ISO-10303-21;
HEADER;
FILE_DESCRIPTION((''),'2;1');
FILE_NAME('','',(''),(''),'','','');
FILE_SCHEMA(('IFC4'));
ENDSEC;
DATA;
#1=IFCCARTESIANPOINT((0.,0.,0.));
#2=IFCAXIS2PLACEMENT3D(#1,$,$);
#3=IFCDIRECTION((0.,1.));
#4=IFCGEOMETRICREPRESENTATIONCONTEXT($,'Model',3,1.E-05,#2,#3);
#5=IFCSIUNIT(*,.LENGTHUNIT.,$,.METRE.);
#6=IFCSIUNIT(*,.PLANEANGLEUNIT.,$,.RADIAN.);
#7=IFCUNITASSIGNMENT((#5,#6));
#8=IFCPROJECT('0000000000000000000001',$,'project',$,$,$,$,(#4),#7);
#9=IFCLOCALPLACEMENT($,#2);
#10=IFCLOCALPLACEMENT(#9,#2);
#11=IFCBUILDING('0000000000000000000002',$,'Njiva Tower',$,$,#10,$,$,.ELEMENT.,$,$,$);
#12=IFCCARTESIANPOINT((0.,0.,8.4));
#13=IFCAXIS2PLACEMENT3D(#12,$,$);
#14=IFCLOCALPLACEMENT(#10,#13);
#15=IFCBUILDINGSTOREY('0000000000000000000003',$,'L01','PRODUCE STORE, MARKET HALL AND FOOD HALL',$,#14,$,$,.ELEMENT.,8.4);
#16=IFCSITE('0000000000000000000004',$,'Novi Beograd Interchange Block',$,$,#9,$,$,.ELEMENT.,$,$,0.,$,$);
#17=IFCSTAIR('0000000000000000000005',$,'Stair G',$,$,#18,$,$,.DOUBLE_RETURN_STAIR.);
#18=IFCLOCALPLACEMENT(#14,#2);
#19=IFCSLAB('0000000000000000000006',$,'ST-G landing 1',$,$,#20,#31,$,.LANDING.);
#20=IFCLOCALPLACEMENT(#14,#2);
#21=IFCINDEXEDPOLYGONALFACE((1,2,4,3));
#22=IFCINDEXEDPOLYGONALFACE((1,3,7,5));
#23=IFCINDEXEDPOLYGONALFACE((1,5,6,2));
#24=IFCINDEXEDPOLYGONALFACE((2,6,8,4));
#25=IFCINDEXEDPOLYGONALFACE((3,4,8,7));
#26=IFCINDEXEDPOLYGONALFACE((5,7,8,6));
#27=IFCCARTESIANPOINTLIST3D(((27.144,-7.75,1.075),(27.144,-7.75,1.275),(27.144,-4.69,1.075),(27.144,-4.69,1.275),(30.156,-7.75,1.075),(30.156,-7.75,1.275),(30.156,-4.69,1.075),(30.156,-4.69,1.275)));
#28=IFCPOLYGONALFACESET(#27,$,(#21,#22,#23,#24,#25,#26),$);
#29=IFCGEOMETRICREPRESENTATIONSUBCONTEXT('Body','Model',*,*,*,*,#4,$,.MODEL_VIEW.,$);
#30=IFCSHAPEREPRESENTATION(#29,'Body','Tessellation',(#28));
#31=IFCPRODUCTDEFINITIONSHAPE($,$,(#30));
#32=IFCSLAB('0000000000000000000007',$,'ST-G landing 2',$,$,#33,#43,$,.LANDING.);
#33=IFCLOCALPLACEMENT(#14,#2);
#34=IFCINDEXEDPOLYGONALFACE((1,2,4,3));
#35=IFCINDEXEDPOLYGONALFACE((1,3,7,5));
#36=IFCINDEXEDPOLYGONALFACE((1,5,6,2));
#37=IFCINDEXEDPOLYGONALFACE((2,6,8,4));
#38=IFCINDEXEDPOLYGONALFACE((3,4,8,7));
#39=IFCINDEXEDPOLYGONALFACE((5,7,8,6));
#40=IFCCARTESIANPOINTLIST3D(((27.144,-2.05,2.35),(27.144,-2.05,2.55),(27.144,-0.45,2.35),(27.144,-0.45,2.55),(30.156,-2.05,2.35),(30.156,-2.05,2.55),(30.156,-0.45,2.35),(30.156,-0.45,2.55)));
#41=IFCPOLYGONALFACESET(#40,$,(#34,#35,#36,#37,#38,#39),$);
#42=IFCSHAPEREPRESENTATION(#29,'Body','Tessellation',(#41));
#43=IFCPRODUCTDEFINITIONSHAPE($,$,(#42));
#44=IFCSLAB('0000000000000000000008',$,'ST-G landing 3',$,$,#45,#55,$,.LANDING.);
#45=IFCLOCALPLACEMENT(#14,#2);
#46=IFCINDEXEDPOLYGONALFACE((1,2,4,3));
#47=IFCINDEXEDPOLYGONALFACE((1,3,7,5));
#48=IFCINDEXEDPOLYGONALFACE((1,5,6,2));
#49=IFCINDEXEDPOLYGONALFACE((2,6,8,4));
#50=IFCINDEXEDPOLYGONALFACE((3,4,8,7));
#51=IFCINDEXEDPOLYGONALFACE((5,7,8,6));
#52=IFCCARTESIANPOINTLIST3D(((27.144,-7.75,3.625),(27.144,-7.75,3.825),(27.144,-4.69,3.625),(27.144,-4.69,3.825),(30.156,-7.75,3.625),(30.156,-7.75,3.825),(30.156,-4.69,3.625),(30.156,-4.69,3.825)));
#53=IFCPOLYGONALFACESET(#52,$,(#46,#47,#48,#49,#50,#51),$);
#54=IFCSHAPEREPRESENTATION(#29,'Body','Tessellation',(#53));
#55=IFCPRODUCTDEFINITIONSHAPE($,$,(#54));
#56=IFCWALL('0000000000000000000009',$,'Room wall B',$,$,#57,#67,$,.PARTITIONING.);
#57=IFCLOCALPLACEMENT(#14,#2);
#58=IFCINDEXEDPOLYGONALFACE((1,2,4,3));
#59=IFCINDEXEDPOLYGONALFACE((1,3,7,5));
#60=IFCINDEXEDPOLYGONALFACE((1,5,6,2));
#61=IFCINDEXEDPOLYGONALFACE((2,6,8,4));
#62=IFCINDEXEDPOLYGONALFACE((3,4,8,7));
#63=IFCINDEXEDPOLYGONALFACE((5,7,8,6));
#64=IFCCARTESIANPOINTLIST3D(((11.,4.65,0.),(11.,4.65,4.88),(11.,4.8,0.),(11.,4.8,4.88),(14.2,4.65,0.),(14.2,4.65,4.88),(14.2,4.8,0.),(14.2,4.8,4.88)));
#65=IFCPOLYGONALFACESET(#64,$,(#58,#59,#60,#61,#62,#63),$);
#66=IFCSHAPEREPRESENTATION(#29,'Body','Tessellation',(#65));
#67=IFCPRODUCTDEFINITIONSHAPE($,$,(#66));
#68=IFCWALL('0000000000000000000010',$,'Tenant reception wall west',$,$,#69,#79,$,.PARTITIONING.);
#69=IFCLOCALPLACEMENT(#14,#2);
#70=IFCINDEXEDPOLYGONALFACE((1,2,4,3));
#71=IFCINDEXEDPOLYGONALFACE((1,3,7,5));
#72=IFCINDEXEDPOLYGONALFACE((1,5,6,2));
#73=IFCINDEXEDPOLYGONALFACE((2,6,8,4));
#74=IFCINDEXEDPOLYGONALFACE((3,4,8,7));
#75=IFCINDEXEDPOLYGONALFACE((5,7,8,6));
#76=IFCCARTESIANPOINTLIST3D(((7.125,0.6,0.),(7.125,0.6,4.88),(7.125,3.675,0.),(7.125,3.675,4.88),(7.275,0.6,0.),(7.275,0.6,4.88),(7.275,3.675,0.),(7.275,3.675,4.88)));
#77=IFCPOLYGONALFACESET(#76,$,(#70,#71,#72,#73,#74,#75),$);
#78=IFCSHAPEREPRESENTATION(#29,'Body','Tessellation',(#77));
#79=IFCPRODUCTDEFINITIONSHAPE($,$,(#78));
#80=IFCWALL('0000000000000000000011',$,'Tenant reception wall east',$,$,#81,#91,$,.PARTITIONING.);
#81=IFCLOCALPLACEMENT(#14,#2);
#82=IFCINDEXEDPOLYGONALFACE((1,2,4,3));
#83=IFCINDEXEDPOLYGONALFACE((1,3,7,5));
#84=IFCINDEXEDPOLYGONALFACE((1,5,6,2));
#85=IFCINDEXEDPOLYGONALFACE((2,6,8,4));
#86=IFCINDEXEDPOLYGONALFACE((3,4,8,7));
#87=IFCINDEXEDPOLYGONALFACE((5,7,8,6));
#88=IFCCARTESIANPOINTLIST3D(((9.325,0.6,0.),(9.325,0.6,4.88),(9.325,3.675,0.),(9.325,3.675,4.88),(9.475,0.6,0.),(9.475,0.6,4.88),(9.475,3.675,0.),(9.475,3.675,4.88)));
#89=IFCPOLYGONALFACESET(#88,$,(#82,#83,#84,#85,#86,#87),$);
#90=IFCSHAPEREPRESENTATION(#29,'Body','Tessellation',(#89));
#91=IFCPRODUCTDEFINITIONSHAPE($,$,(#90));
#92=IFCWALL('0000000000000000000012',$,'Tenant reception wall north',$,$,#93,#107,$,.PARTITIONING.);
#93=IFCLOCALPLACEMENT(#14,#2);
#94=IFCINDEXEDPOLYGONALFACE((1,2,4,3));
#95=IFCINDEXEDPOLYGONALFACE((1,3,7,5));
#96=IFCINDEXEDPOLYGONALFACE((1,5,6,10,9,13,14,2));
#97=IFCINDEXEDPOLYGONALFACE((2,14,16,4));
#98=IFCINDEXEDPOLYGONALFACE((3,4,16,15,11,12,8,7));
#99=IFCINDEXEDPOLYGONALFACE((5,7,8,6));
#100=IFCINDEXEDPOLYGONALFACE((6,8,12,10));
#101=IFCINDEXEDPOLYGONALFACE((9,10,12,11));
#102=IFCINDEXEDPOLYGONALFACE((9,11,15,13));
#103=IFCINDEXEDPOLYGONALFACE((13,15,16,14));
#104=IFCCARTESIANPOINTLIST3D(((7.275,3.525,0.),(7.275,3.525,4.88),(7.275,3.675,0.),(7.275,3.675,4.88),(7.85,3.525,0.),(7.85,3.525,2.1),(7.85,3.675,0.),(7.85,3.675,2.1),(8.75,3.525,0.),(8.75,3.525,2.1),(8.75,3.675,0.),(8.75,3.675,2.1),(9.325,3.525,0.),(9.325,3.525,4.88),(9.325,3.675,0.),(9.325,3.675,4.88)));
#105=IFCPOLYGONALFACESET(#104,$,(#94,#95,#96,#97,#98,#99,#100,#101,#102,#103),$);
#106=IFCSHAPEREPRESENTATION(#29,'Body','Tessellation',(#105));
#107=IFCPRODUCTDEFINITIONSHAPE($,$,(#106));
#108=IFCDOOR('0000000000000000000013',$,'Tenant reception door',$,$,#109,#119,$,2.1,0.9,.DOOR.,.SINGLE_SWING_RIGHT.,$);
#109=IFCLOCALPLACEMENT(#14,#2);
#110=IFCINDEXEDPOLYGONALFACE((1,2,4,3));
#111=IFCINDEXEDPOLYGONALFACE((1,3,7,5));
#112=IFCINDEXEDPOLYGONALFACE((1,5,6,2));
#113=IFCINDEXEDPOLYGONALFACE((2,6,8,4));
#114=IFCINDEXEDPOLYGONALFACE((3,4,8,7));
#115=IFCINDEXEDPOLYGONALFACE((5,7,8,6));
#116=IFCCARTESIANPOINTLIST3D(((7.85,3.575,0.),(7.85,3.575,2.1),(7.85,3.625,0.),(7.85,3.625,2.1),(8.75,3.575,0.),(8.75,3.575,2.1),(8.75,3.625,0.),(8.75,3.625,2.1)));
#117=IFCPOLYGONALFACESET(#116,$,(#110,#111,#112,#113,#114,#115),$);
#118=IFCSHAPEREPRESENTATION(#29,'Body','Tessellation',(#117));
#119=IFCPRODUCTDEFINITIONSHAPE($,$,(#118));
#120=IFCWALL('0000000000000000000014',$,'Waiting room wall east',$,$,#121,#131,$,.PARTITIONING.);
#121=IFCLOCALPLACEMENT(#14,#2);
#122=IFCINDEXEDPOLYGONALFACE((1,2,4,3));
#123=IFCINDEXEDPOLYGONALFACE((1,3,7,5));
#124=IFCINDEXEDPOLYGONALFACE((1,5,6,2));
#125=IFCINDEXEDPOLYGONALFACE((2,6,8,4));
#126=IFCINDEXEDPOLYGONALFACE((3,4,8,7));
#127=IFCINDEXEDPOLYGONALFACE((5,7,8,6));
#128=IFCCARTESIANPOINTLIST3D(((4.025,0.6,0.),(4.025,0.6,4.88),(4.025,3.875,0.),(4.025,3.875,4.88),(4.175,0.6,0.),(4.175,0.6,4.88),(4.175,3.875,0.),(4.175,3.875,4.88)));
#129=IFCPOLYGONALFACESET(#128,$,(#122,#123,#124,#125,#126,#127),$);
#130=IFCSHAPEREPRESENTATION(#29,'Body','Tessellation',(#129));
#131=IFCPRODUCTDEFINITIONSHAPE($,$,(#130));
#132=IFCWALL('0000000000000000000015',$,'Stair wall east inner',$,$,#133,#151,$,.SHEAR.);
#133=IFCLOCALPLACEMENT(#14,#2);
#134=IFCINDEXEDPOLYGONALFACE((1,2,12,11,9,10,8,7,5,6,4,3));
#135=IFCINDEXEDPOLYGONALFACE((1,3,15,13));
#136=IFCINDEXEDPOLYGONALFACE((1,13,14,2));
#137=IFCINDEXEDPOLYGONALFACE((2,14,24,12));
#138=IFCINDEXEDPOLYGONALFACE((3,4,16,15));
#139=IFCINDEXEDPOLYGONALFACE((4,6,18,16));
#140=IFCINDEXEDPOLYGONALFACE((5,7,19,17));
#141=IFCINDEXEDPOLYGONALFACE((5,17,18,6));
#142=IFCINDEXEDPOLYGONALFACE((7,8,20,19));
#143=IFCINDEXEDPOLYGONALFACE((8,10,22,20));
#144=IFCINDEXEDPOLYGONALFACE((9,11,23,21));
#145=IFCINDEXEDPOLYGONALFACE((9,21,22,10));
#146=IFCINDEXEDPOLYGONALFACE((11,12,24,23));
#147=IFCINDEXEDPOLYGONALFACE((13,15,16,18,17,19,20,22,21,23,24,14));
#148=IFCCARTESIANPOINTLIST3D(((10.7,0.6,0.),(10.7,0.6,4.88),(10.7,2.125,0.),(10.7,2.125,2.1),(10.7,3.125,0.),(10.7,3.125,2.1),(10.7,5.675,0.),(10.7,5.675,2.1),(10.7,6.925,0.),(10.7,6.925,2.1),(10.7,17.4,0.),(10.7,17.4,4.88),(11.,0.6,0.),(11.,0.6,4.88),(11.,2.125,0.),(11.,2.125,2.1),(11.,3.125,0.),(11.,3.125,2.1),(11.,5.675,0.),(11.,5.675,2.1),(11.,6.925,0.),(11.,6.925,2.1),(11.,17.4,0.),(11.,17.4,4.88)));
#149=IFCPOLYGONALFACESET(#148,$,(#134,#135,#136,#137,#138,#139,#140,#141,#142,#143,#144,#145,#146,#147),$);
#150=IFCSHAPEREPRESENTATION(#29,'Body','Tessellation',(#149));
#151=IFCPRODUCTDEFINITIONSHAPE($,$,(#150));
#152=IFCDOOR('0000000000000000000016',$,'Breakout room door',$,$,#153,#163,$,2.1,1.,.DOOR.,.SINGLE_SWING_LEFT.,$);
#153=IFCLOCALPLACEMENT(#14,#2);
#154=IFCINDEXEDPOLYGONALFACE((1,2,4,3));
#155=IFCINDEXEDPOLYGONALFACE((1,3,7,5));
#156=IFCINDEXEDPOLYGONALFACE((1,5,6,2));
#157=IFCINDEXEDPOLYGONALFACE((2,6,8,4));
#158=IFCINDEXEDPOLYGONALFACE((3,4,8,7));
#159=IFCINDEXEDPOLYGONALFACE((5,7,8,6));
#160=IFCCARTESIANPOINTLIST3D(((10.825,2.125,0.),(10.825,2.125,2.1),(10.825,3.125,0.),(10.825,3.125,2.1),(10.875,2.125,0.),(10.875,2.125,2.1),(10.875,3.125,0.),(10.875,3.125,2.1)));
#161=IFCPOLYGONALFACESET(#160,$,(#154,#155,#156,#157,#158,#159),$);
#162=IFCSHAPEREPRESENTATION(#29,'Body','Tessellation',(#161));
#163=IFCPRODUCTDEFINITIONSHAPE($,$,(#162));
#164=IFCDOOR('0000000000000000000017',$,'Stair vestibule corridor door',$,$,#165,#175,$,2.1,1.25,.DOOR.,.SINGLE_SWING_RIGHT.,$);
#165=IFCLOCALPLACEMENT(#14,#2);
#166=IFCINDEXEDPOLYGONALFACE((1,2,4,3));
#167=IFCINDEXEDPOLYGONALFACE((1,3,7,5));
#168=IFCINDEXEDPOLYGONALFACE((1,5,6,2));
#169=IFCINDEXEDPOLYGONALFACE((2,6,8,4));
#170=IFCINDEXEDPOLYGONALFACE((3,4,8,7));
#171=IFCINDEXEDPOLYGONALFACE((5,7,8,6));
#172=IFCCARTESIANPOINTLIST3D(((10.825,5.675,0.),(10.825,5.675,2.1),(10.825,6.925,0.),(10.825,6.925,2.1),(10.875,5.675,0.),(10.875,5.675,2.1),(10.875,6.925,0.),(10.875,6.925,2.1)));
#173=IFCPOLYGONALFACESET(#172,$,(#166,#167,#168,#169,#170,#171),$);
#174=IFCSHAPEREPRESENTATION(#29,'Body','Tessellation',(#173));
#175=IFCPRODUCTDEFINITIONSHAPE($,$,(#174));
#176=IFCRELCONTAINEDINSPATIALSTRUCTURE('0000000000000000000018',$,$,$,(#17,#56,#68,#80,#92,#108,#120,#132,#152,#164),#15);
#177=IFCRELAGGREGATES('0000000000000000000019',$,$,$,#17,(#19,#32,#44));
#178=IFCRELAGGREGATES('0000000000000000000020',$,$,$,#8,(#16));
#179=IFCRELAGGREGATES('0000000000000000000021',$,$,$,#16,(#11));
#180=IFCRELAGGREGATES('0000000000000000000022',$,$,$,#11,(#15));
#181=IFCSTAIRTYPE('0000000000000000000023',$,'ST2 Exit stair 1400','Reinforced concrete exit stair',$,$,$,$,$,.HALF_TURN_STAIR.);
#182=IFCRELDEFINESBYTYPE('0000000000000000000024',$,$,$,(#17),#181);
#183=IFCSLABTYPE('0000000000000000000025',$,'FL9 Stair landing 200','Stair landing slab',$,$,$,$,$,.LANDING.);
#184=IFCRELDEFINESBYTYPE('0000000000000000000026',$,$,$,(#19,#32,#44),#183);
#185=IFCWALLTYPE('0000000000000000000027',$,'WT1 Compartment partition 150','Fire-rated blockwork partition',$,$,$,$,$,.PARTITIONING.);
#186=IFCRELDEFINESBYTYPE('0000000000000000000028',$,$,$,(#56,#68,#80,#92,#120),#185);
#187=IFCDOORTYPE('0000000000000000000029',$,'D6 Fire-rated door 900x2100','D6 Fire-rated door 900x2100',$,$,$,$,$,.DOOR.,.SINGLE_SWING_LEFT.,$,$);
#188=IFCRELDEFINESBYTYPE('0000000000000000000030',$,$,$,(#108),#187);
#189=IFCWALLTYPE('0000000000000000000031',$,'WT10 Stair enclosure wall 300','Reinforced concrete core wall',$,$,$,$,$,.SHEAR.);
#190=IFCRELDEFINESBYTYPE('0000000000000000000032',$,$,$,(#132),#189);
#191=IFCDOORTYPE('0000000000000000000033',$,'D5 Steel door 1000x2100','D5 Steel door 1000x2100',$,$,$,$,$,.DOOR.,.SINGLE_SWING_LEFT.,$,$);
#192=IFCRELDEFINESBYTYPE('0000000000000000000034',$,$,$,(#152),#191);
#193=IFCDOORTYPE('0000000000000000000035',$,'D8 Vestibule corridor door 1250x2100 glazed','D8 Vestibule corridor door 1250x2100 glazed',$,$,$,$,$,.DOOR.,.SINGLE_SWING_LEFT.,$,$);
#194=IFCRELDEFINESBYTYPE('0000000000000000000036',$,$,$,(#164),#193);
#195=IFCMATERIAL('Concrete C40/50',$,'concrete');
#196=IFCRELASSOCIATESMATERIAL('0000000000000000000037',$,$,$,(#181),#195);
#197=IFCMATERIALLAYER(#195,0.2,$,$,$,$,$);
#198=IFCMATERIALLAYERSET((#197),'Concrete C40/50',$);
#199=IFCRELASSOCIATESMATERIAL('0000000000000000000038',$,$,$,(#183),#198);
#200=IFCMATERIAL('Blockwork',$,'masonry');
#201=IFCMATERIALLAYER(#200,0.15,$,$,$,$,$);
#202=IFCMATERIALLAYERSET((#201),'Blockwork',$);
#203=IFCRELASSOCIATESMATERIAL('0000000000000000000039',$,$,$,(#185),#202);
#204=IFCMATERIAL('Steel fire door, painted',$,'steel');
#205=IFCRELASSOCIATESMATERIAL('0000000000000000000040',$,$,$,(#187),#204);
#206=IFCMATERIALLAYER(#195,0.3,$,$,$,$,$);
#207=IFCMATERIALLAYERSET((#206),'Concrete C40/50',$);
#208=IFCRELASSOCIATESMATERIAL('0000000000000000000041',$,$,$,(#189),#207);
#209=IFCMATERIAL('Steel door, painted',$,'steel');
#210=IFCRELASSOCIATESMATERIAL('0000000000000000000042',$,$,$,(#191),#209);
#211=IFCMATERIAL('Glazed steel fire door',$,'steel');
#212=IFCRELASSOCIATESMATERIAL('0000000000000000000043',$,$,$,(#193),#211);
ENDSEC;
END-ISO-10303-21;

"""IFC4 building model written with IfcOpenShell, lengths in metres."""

from ifc_helpers import new_model, si_unit, direction, frame, frame_2d, origin, place, context, subcontext, project, spatial, polyline, rectangle, outline, extrude, material, layer, layer_set, type_object, element, fill, aggregate, save


model = new_model("IFC4")

# Units and contexts
model_context = context("Model", 3, precision=1e-05, world=origin(), true_north=direction((0.0, 1.0)))
body_context = subcontext(model_context, "Body", "Model", "MODEL_VIEW")
ifc_project = project(units=[si_unit("LENGTHUNIT", "METRE"), si_unit("PLANEANGLEUNIT", "RADIAN")], contexts=[model_context])

# Site, building, storey
site_placement = place(None, origin())
site = spatial("IfcSite", under=ifc_project, at=site_placement, Name="Novi Beograd Interchange Block", CompositionType="ELEMENT", RefElevation=0.0)
building_placement = place(site_placement, origin())
building = spatial("IfcBuilding", under=site, at=building_placement, Name="Njiva Tower", CompositionType="ELEMENT")
storey_placement = place(building_placement, frame((0.0, 0.0, 8.4)))
storey = spatial("IfcBuildingStorey", under=building, at=storey_placement, Name="L01", Description="PRODUCE STORE, MARKET HALL AND FOOD HALL", CompositionType="ELEMENT", Elevation=8.4)

# Stair, slabs
ifc_material_1 = material(Name="Concrete C40/50", Category="concrete")
stair_type = type_object("IfcStairType", Name="ST2 Exit stair 1400", Description="Reinforced concrete exit stair", PredefinedType="HALF_TURN_STAIR", material=ifc_material_1)
stair_placement = place(storey_placement, origin())
stair = element("IfcStair", 1, at=stair_placement, inside=storey, type_object=stair_type, Name="Stair G", PredefinedType="DOUBLE_RETURN_STAIR")
ifc_layer_1 = layer(ifc_material_1, 0.2)
ifc_layer_set_1 = layer_set([ifc_layer_1], Name="Concrete C40/50")
slab_type = type_object("IfcSlabType", Name="FL9 Stair landing 200", Description="Stair landing slab", PredefinedType="LANDING", material=ifc_layer_set_1)
slab_1_placement = place(storey_placement, frame((0.0, 0.0, 1.075)))
slab_1 = element("IfcSlab", 2, at=slab_1_placement, type_object=slab_type, Name="ST-G landing 1", PredefinedType="LANDING", context=body_context, shape_type="SweptSolid", body=[
    extrude(outline(polyline([(27.144, -7.75), (30.156, -7.75), (30.156, -4.69), (27.144, -4.69), (27.144, -7.75)])), origin(), (0.0, 0.0, 1.0), 0.2),
])
slab_2_placement = place(storey_placement, frame((0.0, 0.0, 2.35)))
slab_2 = element("IfcSlab", 3, at=slab_2_placement, type_object=slab_type, Name="ST-G landing 2", PredefinedType="LANDING", context=body_context, shape_type="SweptSolid", body=[
    extrude(outline(polyline([(27.144, -2.05), (30.156, -2.05), (30.156, -0.45), (27.144, -0.45), (27.144, -2.05)])), origin(), (0.0, 0.0, 1.0), 0.2),
])
slab_3_placement = place(storey_placement, frame((0.0, 0.0, 3.625)))
slab_3 = element("IfcSlab", 4, at=slab_3_placement, type_object=slab_type, Name="ST-G landing 3", PredefinedType="LANDING", context=body_context, shape_type="SweptSolid", body=[
    extrude(outline(polyline([(27.144, -7.75), (30.156, -7.75), (30.156, -4.69), (27.144, -4.69), (27.144, -7.75)])), origin(), (0.0, 0.0, 1.0), 0.2),
])
aggregate(stair, [slab_1, slab_2, slab_3])

# Walls
ifc_material_2 = material(Name="Blockwork", Category="masonry")
ifc_layer_2 = layer(ifc_material_2, 0.15)
ifc_layer_set_2 = layer_set([ifc_layer_2], Name="Blockwork")
wall_type_1 = type_object("IfcWallType", Name="WT1 Compartment partition 150", Description="Fire-rated blockwork partition", PredefinedType="PARTITIONING", material=ifc_layer_set_2)
wall_1_placement = place(storey_placement, frame((11.0, 4.725, 0.0), z_axis=(0.0, 0.0, 1.0), x_axis=(1.0, 0.0, 0.0)))
element("IfcWall", 5, at=wall_1_placement, inside=storey, type_object=wall_type_1, Name="Room wall B", PredefinedType="PARTITIONING", context=body_context, shape_type="SweptSolid", body=[
    extrude(rectangle(XDim=3.2, YDim=0.15, at=frame_2d((1.6, 0.0))), origin(), (0.0, 0.0, 1.0), 4.88),
])
for number, where, z_axis, x_axis, name in (
    (6, (7.2, 0.6, 0.0), (0.0, 0.0, 1.0), (0.0, 1.0, 0.0), "Tenant reception wall west"),
    (7, (9.4, 0.6, 0.0), (0.0, 0.0, 1.0), (0.0, 1.0, 0.0), "Tenant reception wall east"),
):
    element("IfcWall", number, at=place(storey_placement, frame(where, z_axis=z_axis, x_axis=x_axis)), inside=storey, type_object=wall_type_1, Name=name, PredefinedType="PARTITIONING", context=body_context, shape_type="SweptSolid", body=[
        extrude(rectangle(XDim=3.075, YDim=0.15, at=frame_2d((1.5375, 0.0))), origin(), (0.0, 0.0, 1.0), 4.88),
    ])

# Wall, opening, door
wall_2_placement = place(storey_placement, frame((7.275, 3.6, 0.0), z_axis=(0.0, 0.0, 1.0), x_axis=(1.0, 0.0, 0.0)))
wall_2 = element("IfcWall", 8, at=wall_2_placement, inside=storey, type_object=wall_type_1, Name="Tenant reception wall north", PredefinedType="PARTITIONING", context=body_context, shape_type="SweptSolid", body=[
    extrude(rectangle(XDim=2.05, YDim=0.15, at=frame_2d((1.025, 0.0))), origin(), (0.0, 0.0, 1.0), 4.88),
])
opening_1_placement = place(wall_2_placement, frame((0.575, 0.0, 0.0)))
opening_1 = element("IfcOpeningElement", 9, at=opening_1_placement, cuts=wall_2, PredefinedType="OPENING", context=body_context, shape_type="SweptSolid", body=[
    extrude(rectangle(XDim=0.9, YDim=2.1, at=frame_2d((0.45, 1.05))), frame((0.0, 0.085, 0.0), z_axis=(0.0, -1.0, 0.0), x_axis=(1.0, 0.0, 0.0)), (0.0, 0.0, 1.0), 0.17),
])
ifc_material_3 = material(Name="Steel fire door, painted", Category="steel")
door_type_1 = type_object("IfcDoorType", Name="D6 Fire-rated door 900x2100", Description="D6 Fire-rated door 900x2100", OperationType="SINGLE_SWING_LEFT", PredefinedType="DOOR", material=ifc_material_3)
door_1_placement = place(opening_1_placement, origin())
door_1 = element("IfcDoor", 10, at=door_1_placement, inside=storey, type_object=door_type_1, Name="Tenant reception door", OperationType="SINGLE_SWING_RIGHT", OverallHeight=2.1, OverallWidth=0.9, PredefinedType="DOOR", context=body_context, shape_type="SweptSolid", body=[
    extrude(rectangle(XDim=0.9, YDim=2.1, at=frame_2d((0.45, 1.05))), frame((0.0, 0.025, 0.0), z_axis=(0.0, -1.0, 0.0), x_axis=(1.0, 0.0, 0.0)), (0.0, 0.0, 1.0), 0.05),
])
fill(opening_1, door_1)

# Wall
wall_3_placement = place(storey_placement, frame((4.1, 0.6, 0.0), z_axis=(0.0, 0.0, 1.0), x_axis=(0.0, 1.0, 0.0)))
element("IfcWall", 11, at=wall_3_placement, inside=storey, type_object=wall_type_1, Name="Waiting room wall east", PredefinedType="PARTITIONING", context=body_context, shape_type="SweptSolid", body=[
    extrude(rectangle(XDim=3.275, YDim=0.15, at=frame_2d((1.6375, 0.0))), origin(), (0.0, 0.0, 1.0), 4.88),
])

# Wall, openings, doors
ifc_layer_3 = layer(ifc_material_1, 0.3)
ifc_layer_set_3 = layer_set([ifc_layer_3], Name="Concrete C40/50")
wall_type_2 = type_object("IfcWallType", Name="WT10 Stair enclosure wall 300", Description="Reinforced concrete core wall", PredefinedType="SHEAR", material=ifc_layer_set_3)
wall_4_placement = place(storey_placement, frame((10.85, 0.6, 0.0), z_axis=(0.0, 0.0, 1.0), x_axis=(0.0, 1.0, 0.0)))
wall_4 = element("IfcWall", 12, at=wall_4_placement, inside=storey, type_object=wall_type_2, Name="Stair wall east inner", PredefinedType="SHEAR", context=body_context, shape_type="SweptSolid", body=[
    extrude(rectangle(XDim=16.8, YDim=0.3, at=frame_2d((8.4, 0.0))), origin(), (0.0, 0.0, 1.0), 4.88),
])
opening_2_placement = place(wall_4_placement, frame((5.075, 0.0, 0.0)))
opening_2 = element("IfcOpeningElement", 13, at=opening_2_placement, cuts=wall_4, PredefinedType="OPENING", context=body_context, shape_type="SweptSolid", body=[
    extrude(rectangle(XDim=1.25, YDim=2.1, at=frame_2d((0.625, 1.05))), frame((0.0, 0.16, 0.0), z_axis=(0.0, -1.0, 0.0), x_axis=(1.0, 0.0, 0.0)), (0.0, 0.0, 1.0), 0.32),
])
opening_3_placement = place(wall_4_placement, frame((1.525, 0.0, 0.0)))
opening_3 = element("IfcOpeningElement", 14, at=opening_3_placement, cuts=wall_4, PredefinedType="OPENING", context=body_context, shape_type="SweptSolid", body=[
    extrude(rectangle(XDim=1.0, YDim=2.1, at=frame_2d((0.5, 1.05))), frame((0.0, 0.16, 0.0), z_axis=(0.0, -1.0, 0.0), x_axis=(1.0, 0.0, 0.0)), (0.0, 0.0, 1.0), 0.32),
])
ifc_material_4 = material(Name="Steel door, painted", Category="steel")
door_type_2 = type_object("IfcDoorType", Name="D5 Steel door 1000x2100", Description="D5 Steel door 1000x2100", OperationType="SINGLE_SWING_LEFT", PredefinedType="DOOR", material=ifc_material_4)
door_2_placement = place(opening_3_placement, origin())
door_2 = element("IfcDoor", 15, at=door_2_placement, inside=storey, type_object=door_type_2, Name="Breakout room door", OperationType="SINGLE_SWING_LEFT", OverallHeight=2.1, OverallWidth=1.0, PredefinedType="DOOR", context=body_context, shape_type="SweptSolid", body=[
    extrude(rectangle(XDim=1.0, YDim=2.1, at=frame_2d((0.5, 1.05))), frame((0.0, 0.025, 0.0), z_axis=(0.0, -1.0, 0.0), x_axis=(1.0, 0.0, 0.0)), (0.0, 0.0, 1.0), 0.05),
])
fill(opening_3, door_2)
ifc_material_5 = material(Name="Glazed steel fire door", Category="steel")
door_type_3 = type_object("IfcDoorType", Name="D8 Vestibule corridor door 1250x2100 glazed", Description="D8 Vestibule corridor door 1250x2100 glazed", OperationType="SINGLE_SWING_LEFT", PredefinedType="DOOR", material=ifc_material_5)
door_3_placement = place(opening_2_placement, origin())
door_3 = element("IfcDoor", 16, at=door_3_placement, inside=storey, type_object=door_type_3, Name="Stair vestibule corridor door", OperationType="SINGLE_SWING_RIGHT", OverallHeight=2.1, OverallWidth=1.25, PredefinedType="DOOR", context=body_context, shape_type="SweptSolid", body=[
    extrude(rectangle(XDim=1.25, YDim=2.1, at=frame_2d((0.625, 1.05))), frame((0.0, 0.025, 0.0), z_axis=(0.0, -1.0, 0.0), x_axis=(1.0, 0.0, 0.0)), (0.0, 0.0, 1.0), 0.05),
])
fill(opening_2, door_3)

save(model, "model.ifc")
